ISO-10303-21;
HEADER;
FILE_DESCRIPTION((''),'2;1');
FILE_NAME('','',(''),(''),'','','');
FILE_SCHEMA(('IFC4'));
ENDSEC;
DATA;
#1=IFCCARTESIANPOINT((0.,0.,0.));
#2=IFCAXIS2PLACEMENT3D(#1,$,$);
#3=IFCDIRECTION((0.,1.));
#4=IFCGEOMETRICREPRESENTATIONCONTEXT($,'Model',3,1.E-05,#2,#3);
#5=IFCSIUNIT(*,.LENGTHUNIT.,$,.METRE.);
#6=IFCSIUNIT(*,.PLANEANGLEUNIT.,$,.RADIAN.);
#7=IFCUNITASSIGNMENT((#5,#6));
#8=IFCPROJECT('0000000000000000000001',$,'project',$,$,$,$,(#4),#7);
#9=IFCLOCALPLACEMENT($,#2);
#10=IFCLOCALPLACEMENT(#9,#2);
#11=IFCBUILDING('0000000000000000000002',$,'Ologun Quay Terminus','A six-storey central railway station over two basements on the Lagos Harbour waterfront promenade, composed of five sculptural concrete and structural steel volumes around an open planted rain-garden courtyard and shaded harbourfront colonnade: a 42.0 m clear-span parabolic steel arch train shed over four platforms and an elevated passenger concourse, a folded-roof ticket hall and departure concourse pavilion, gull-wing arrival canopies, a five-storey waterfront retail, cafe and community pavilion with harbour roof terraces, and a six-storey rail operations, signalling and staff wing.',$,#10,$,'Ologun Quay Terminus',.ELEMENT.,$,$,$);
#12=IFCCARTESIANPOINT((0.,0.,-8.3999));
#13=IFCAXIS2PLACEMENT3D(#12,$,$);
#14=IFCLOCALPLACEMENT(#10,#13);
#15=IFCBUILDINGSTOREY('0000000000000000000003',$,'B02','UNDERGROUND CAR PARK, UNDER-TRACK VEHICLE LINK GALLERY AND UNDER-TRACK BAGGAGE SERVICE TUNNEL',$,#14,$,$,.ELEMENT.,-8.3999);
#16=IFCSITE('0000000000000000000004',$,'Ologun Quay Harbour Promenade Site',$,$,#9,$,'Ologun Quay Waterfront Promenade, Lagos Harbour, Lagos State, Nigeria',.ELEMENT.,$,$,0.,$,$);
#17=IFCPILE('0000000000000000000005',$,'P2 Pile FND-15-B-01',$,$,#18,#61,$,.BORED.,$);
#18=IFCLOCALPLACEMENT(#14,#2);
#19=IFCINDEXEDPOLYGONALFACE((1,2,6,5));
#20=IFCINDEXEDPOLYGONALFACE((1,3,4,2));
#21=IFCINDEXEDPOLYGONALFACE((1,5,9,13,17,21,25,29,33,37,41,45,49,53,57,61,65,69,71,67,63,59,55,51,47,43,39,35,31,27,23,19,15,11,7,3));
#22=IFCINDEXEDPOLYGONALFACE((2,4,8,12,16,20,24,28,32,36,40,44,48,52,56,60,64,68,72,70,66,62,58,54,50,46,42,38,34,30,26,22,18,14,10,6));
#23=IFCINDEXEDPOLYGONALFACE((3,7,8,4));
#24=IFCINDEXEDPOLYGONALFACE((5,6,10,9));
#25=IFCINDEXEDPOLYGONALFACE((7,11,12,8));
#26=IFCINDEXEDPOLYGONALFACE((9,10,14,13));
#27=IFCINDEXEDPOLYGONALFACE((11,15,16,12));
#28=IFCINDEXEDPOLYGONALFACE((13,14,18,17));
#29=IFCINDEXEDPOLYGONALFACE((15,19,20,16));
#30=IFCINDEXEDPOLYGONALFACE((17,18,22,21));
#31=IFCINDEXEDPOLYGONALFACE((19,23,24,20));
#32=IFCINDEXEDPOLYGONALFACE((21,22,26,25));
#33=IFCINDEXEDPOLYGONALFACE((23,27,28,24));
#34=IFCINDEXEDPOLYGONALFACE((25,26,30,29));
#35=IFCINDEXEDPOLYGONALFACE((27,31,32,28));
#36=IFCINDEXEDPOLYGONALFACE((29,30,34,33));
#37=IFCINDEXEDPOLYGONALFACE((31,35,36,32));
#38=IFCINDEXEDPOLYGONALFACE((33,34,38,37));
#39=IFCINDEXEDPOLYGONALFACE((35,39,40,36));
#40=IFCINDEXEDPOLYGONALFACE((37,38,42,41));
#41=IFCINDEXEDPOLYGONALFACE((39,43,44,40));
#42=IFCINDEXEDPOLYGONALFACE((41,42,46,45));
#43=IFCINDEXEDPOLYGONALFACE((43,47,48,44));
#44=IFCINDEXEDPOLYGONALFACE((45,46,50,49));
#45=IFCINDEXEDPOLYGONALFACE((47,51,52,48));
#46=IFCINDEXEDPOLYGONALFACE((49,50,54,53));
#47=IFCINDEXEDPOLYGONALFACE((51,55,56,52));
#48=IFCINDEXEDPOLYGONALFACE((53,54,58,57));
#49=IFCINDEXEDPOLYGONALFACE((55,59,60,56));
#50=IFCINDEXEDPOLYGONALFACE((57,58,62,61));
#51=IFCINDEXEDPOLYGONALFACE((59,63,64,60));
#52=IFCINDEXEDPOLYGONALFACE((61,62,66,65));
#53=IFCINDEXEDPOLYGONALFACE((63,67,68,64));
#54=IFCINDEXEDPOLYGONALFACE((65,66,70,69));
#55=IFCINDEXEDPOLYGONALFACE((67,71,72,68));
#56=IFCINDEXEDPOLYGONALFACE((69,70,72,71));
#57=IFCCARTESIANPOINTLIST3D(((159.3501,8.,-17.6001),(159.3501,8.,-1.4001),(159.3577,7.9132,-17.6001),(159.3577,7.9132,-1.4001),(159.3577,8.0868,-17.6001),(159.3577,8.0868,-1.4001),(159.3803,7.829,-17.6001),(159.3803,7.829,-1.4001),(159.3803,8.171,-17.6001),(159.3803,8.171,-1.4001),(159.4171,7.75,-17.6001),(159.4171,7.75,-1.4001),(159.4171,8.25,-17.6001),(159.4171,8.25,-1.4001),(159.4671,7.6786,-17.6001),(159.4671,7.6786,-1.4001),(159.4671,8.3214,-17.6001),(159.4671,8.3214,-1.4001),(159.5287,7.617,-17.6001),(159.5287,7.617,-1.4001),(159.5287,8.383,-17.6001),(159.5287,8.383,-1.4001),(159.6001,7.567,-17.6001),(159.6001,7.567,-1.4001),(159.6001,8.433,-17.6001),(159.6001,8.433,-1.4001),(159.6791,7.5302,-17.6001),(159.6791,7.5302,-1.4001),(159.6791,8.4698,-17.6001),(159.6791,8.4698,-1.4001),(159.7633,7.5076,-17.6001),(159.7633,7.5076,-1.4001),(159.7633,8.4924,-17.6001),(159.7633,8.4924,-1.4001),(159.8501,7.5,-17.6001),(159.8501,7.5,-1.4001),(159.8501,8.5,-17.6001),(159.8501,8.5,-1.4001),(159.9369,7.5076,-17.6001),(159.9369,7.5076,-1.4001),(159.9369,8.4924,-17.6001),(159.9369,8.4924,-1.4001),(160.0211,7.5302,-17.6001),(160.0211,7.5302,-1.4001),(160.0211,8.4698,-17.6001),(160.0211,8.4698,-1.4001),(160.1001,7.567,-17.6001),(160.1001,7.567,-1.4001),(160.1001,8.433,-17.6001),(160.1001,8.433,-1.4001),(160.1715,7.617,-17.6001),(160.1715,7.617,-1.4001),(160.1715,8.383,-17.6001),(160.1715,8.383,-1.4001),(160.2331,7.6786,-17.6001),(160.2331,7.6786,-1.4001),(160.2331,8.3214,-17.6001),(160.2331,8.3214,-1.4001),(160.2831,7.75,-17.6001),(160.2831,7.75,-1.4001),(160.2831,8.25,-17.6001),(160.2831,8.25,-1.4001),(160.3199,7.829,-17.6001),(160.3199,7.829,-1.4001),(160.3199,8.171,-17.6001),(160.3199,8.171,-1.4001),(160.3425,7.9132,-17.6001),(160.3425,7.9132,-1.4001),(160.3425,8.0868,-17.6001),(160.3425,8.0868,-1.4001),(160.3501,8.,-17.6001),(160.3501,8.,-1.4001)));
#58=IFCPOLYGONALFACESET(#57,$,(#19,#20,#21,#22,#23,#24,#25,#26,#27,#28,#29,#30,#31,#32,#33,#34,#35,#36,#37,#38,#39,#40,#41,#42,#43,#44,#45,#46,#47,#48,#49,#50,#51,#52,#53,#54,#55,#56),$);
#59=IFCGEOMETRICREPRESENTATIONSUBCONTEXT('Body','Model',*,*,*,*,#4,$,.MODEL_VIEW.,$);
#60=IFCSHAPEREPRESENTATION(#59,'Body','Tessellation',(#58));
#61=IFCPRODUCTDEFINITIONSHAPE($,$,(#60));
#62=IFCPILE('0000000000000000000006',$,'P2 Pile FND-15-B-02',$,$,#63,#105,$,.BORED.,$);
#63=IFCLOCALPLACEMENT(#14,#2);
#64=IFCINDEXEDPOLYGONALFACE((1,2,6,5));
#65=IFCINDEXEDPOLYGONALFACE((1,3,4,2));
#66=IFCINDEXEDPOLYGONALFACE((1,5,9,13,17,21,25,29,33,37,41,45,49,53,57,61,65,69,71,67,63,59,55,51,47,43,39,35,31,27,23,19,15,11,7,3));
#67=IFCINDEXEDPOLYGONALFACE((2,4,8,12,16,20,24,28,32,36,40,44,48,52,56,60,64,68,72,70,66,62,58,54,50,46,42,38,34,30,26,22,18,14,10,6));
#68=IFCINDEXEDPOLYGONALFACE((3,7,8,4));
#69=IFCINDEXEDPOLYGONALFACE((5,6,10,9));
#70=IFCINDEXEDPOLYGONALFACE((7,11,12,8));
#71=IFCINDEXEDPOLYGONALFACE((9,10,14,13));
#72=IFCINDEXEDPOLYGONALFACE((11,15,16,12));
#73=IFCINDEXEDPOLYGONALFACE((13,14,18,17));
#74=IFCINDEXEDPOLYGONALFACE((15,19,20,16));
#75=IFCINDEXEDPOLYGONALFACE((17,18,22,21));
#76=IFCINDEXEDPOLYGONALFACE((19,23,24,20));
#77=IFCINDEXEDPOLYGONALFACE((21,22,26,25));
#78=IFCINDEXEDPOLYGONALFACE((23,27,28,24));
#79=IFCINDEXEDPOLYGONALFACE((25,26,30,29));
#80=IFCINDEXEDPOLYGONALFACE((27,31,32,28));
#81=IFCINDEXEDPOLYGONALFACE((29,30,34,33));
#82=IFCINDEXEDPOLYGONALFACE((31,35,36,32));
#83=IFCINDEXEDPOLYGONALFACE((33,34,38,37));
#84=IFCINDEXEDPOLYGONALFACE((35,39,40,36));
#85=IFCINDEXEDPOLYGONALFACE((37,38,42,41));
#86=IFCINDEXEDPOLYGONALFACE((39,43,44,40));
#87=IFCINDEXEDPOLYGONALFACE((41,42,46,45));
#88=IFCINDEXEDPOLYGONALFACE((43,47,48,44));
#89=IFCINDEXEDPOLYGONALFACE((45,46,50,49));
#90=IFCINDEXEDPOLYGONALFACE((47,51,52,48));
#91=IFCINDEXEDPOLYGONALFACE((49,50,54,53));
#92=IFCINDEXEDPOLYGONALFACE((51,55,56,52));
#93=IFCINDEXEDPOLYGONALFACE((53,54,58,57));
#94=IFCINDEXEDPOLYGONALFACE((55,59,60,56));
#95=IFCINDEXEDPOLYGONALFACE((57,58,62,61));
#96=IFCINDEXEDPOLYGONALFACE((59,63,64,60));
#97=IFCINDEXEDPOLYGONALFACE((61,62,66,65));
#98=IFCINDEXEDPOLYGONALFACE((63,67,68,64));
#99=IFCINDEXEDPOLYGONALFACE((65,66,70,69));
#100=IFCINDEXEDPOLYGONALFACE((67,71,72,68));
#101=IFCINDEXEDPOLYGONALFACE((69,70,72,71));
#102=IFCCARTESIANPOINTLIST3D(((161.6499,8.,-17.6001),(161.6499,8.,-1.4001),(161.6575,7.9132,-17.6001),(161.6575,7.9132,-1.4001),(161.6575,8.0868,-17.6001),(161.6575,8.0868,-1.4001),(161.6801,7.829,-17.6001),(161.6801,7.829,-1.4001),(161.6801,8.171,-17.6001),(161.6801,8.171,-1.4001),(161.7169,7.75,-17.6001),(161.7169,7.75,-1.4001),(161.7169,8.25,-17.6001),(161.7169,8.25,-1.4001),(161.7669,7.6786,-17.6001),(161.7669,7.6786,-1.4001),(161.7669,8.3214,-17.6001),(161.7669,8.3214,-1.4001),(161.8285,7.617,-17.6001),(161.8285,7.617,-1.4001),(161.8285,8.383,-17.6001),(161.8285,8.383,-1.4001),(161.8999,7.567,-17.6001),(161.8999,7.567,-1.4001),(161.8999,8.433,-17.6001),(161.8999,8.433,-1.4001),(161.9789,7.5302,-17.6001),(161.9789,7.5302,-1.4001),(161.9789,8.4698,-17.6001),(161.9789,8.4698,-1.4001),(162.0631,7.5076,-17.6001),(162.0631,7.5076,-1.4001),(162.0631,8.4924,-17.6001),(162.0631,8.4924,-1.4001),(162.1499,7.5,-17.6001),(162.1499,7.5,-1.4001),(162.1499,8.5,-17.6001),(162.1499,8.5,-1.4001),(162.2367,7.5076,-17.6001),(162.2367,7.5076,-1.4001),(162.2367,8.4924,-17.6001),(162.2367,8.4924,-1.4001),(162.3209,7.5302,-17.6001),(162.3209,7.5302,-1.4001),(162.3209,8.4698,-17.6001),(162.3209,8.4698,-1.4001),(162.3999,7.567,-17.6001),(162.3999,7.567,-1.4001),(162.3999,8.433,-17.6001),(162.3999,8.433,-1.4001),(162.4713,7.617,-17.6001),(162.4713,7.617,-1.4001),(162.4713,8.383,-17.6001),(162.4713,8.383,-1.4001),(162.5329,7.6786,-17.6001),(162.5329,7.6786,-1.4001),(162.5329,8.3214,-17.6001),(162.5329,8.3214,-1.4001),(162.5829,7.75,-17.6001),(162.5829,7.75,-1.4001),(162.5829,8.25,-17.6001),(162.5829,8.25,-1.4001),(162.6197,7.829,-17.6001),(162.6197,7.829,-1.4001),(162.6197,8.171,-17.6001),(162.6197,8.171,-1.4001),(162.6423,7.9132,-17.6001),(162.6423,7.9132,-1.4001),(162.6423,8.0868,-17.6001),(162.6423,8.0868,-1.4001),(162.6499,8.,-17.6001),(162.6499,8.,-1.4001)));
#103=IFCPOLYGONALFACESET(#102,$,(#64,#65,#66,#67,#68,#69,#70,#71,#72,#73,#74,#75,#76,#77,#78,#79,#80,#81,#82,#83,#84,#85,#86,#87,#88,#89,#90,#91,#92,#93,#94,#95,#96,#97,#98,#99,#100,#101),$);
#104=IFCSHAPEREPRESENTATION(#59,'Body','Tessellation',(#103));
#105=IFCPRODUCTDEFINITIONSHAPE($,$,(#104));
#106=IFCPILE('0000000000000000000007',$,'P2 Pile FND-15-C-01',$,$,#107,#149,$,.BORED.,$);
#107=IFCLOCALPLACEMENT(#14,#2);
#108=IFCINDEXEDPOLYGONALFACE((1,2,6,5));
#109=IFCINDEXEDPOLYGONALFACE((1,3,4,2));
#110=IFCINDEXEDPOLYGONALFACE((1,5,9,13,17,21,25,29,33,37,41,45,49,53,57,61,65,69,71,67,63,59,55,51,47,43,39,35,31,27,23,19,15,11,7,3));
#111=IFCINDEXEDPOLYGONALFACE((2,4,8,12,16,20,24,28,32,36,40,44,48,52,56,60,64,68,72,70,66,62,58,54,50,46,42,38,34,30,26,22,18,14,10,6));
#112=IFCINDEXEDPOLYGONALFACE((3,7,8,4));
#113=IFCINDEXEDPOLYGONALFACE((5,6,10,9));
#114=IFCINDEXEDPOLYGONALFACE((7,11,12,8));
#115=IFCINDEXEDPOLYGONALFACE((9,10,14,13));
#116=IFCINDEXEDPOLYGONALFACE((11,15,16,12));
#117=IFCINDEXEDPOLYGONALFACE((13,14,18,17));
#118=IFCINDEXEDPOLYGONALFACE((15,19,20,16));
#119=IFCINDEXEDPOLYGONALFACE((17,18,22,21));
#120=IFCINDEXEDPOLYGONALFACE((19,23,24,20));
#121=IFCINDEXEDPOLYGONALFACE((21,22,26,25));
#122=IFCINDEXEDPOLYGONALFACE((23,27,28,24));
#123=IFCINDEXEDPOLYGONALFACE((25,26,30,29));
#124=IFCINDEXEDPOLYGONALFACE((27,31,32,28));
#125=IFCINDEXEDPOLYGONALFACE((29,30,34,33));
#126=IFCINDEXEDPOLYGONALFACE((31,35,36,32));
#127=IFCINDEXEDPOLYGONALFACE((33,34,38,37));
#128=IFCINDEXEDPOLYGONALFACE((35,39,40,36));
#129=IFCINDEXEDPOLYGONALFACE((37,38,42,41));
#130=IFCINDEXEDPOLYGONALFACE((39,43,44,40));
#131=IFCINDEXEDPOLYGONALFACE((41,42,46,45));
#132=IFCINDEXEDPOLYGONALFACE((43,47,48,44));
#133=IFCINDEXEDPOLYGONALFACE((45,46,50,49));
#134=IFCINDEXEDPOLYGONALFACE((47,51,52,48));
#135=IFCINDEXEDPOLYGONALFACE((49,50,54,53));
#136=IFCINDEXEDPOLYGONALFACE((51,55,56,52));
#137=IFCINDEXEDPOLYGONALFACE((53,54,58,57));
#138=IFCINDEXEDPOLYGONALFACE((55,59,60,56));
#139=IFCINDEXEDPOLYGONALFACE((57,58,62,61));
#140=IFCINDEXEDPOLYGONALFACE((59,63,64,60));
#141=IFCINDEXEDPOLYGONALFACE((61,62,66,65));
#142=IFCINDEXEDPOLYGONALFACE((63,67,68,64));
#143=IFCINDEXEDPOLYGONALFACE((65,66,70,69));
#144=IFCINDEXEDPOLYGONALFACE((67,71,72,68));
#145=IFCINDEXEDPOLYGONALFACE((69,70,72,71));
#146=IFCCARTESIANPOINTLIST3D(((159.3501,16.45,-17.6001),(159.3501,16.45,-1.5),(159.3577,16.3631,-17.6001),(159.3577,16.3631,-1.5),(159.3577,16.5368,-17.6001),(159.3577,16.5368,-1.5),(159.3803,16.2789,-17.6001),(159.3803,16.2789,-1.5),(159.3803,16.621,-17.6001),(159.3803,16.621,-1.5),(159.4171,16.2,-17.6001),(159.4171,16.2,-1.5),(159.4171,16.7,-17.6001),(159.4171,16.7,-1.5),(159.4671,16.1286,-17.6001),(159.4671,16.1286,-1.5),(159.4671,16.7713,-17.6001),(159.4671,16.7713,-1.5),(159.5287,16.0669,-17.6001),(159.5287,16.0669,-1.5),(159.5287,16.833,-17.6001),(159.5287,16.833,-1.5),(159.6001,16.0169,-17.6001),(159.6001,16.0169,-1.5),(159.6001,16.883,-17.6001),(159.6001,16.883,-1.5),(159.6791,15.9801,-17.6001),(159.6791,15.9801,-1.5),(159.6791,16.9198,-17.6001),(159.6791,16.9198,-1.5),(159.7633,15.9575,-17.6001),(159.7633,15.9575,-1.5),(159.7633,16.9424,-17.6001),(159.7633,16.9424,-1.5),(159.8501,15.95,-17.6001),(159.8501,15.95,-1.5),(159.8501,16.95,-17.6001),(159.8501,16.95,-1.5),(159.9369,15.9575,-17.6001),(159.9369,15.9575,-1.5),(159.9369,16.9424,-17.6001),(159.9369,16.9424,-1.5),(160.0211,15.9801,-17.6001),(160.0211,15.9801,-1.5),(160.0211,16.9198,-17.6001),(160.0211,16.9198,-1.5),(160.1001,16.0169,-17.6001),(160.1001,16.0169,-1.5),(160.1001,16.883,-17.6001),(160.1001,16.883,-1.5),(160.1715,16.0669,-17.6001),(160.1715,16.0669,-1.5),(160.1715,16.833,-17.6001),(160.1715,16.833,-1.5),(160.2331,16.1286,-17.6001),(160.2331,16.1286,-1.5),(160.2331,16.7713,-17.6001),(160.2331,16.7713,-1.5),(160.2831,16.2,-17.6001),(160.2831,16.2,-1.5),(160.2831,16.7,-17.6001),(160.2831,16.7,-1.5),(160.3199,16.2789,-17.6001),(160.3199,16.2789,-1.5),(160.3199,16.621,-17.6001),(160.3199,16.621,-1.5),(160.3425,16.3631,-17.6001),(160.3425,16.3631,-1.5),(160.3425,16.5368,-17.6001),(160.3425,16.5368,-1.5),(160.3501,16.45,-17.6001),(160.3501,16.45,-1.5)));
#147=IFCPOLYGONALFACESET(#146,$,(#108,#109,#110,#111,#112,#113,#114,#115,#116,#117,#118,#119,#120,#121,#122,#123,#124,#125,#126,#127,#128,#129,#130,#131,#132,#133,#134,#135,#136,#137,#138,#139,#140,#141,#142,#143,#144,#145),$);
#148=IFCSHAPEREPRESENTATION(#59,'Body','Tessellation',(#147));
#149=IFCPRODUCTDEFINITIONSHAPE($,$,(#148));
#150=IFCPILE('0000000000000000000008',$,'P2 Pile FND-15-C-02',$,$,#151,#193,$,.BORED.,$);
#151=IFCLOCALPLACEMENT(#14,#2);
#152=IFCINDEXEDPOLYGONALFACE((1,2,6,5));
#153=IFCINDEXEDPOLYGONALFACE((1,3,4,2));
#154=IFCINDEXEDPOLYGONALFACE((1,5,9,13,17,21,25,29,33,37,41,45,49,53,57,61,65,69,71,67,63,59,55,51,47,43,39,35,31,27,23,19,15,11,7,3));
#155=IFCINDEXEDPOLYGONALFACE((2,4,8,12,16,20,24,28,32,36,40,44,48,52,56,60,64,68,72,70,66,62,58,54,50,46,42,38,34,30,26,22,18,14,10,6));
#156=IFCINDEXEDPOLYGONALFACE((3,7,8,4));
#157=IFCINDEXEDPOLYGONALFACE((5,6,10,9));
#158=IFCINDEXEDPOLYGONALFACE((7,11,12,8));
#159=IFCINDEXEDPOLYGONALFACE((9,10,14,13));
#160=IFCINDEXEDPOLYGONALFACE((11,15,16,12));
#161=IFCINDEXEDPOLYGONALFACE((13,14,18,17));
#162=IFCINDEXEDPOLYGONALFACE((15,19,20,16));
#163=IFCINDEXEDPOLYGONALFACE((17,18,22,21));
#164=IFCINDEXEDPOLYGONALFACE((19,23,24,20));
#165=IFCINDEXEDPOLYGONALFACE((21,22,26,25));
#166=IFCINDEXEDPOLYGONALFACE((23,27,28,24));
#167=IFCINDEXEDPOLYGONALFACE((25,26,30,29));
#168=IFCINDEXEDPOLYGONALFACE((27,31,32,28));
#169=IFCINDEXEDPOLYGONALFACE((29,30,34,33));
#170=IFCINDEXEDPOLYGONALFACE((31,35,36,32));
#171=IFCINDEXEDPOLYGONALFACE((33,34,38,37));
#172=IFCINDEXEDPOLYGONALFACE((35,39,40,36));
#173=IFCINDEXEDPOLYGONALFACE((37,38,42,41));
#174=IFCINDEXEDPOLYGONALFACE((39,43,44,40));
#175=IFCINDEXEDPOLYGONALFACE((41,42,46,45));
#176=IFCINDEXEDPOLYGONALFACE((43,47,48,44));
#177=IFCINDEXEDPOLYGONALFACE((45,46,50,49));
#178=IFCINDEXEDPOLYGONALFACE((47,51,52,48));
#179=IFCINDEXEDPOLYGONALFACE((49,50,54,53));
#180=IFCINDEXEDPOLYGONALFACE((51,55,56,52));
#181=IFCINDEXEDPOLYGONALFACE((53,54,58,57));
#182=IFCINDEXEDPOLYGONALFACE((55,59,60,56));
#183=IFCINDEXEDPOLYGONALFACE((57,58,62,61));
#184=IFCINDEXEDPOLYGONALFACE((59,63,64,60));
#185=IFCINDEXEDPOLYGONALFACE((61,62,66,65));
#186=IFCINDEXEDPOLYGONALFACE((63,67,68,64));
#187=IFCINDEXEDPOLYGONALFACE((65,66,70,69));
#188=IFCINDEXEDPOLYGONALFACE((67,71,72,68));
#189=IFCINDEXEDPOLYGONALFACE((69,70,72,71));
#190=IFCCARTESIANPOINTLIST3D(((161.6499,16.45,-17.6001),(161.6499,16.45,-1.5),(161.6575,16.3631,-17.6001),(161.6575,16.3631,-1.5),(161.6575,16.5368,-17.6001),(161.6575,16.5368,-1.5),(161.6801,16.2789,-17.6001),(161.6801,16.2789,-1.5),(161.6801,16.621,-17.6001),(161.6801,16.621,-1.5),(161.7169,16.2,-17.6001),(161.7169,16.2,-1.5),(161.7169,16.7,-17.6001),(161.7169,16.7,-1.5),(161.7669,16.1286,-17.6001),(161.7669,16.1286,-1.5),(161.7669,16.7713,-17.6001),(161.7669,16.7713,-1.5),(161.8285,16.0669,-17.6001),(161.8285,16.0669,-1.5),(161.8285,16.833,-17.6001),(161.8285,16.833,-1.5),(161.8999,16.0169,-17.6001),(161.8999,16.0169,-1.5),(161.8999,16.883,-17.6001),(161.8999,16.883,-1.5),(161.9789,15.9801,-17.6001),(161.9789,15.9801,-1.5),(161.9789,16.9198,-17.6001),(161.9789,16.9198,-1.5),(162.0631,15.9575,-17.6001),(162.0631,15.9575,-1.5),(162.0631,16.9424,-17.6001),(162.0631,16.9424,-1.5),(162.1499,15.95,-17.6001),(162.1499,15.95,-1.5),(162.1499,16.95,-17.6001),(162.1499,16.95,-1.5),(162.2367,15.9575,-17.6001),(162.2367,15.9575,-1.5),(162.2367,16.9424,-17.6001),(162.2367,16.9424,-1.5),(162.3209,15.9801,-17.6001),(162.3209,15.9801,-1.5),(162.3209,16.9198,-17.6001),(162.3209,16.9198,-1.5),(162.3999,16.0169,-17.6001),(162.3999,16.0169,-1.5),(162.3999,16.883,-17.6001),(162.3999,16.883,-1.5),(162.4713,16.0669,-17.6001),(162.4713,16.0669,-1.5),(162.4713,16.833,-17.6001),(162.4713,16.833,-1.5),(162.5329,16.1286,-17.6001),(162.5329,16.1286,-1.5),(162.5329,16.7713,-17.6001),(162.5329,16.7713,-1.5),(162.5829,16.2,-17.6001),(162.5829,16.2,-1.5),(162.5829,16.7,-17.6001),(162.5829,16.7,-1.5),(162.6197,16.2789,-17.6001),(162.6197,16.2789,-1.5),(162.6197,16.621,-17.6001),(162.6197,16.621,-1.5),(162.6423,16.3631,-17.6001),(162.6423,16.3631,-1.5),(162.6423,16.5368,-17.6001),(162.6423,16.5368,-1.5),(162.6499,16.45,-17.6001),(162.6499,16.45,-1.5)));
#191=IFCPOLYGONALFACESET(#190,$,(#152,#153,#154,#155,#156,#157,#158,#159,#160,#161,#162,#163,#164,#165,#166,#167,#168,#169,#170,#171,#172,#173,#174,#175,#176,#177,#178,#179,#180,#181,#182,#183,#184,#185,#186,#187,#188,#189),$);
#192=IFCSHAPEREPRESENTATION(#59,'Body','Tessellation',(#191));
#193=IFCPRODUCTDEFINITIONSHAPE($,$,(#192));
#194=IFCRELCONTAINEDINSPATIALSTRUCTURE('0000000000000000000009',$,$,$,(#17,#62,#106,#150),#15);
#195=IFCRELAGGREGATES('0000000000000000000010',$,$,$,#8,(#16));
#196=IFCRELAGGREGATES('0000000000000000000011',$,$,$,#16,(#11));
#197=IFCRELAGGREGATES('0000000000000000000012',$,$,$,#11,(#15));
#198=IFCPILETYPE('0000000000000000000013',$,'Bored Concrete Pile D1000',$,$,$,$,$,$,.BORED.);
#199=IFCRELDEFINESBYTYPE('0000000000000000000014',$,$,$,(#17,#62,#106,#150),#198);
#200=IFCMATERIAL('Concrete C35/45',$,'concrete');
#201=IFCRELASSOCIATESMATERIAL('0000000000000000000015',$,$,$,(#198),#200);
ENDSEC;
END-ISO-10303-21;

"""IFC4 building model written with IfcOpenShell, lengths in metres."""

from ifc_helpers import new_model, si_unit, direction, frame, origin, origin_2d, place, context, subcontext, project, spatial, circle, extrude, material, material_profile, profile_set, type_object, element, save


model = new_model("IFC4")

# Units and contexts
model_context = context("Model", 3, precision=1e-05, world=origin(), true_north=direction((0.0, 1.0)))
body_context = subcontext(model_context, "Body", "Model", "MODEL_VIEW")
ifc_project = project(units=[si_unit("LENGTHUNIT", "METRE"), si_unit("PLANEANGLEUNIT", "RADIAN")], contexts=[model_context])

# Site, building, storey
site_placement = place(None, origin())
site = spatial("IfcSite", under=ifc_project, at=site_placement, Name="Ologun Quay Harbour Promenade Site", LongName="Ologun Quay Waterfront Promenade, Lagos Harbour, Lagos State, Nigeria", CompositionType="ELEMENT", RefElevation=0.0)
building_placement = place(site_placement, origin())
building = spatial("IfcBuilding", under=site, at=building_placement, Name="Ologun Quay Terminus", Description="A six-storey central railway station over two basements on the Lagos Harbour waterfront promenade, composed of five sculptural concrete and structural steel volumes around an open planted rain-garden courtyard and shaded harbourfront colonnade: a 42.0 m clear-span parabolic steel arch train shed over four platforms and an elevated passenger concourse, a folded-roof ticket hall and departure concourse pavilion, gull-wing arrival canopies, a five-storey waterfront retail, cafe and community pavilion with harbour roof terraces, and a six-storey rail operations, signalling and staff wing.", LongName="Ologun Quay Terminus", CompositionType="ELEMENT")
storey_placement = place(building_placement, frame((0.0, 0.0, -8.3999)))
storey = spatial("IfcBuildingStorey", under=building, at=storey_placement, Name="B02", Description="UNDERGROUND CAR PARK, UNDER-TRACK VEHICLE LINK GALLERY AND UNDER-TRACK BAGGAGE SERVICE TUNNEL", CompositionType="ELEMENT", Elevation=-8.3999)

# Piles
ifc_material_1 = material(Name="Concrete C35/45", Category="concrete")
ifc_material_profile_1 = material_profile(ifc_material_1, circle(Radius=0.5, at=origin_2d()), Name="PILE D1000")
ifc_profile_set_1 = profile_set([ifc_material_profile_1], Name="Concrete C35/45")
pile_type_1 = type_object("IfcPileType", Name="Bored Concrete Pile D1000", PredefinedType="BORED", material=ifc_profile_set_1)
for number, where, z_axis, x_axis, name in (
    (1, (159.8501, 8.0, -1.4001), (0.0, 0.0, -1.0), (1.0, 0.0, 0.0), "P2 Pile FND-15-B-01"),
    (2, (162.1499, 8.0, -1.4001), (0.0, 0.0, -1.0), (1.0, 0.0, 0.0), "P2 Pile FND-15-B-02"),
):
    element("IfcPile", number, at=place(storey_placement, frame(where, z_axis=z_axis, x_axis=x_axis)), inside=storey, type_object=pile_type_1, Name=name, PredefinedType="BORED", context=body_context, shape_type="SweptSolid", body=[
        extrude(circle(Radius=0.5, at=origin_2d()), origin(), (0.0, 0.0, 1.0), 16.2),
    ])
for number, where, z_axis, x_axis, name in (
    (3, (159.8501, 16.45, -1.5), (0.0, 0.0, -1.0), (1.0, 0.0, 0.0), "P2 Pile FND-15-C-01"),
    (4, (162.1499, 16.45, -1.5), (0.0, 0.0, -1.0), (1.0, 0.0, 0.0), "P2 Pile FND-15-C-02"),
):
    element("IfcPile", number, at=place(storey_placement, frame(where, z_axis=z_axis, x_axis=x_axis)), inside=storey, type_object=pile_type_1, Name=name, PredefinedType="BORED", context=body_context, shape_type="SweptSolid", body=[
        extrude(circle(Radius=0.5, at=origin_2d()), origin(), (0.0, 0.0, 1.0), 16.1001),
    ])

save(model, "model.ifc")
